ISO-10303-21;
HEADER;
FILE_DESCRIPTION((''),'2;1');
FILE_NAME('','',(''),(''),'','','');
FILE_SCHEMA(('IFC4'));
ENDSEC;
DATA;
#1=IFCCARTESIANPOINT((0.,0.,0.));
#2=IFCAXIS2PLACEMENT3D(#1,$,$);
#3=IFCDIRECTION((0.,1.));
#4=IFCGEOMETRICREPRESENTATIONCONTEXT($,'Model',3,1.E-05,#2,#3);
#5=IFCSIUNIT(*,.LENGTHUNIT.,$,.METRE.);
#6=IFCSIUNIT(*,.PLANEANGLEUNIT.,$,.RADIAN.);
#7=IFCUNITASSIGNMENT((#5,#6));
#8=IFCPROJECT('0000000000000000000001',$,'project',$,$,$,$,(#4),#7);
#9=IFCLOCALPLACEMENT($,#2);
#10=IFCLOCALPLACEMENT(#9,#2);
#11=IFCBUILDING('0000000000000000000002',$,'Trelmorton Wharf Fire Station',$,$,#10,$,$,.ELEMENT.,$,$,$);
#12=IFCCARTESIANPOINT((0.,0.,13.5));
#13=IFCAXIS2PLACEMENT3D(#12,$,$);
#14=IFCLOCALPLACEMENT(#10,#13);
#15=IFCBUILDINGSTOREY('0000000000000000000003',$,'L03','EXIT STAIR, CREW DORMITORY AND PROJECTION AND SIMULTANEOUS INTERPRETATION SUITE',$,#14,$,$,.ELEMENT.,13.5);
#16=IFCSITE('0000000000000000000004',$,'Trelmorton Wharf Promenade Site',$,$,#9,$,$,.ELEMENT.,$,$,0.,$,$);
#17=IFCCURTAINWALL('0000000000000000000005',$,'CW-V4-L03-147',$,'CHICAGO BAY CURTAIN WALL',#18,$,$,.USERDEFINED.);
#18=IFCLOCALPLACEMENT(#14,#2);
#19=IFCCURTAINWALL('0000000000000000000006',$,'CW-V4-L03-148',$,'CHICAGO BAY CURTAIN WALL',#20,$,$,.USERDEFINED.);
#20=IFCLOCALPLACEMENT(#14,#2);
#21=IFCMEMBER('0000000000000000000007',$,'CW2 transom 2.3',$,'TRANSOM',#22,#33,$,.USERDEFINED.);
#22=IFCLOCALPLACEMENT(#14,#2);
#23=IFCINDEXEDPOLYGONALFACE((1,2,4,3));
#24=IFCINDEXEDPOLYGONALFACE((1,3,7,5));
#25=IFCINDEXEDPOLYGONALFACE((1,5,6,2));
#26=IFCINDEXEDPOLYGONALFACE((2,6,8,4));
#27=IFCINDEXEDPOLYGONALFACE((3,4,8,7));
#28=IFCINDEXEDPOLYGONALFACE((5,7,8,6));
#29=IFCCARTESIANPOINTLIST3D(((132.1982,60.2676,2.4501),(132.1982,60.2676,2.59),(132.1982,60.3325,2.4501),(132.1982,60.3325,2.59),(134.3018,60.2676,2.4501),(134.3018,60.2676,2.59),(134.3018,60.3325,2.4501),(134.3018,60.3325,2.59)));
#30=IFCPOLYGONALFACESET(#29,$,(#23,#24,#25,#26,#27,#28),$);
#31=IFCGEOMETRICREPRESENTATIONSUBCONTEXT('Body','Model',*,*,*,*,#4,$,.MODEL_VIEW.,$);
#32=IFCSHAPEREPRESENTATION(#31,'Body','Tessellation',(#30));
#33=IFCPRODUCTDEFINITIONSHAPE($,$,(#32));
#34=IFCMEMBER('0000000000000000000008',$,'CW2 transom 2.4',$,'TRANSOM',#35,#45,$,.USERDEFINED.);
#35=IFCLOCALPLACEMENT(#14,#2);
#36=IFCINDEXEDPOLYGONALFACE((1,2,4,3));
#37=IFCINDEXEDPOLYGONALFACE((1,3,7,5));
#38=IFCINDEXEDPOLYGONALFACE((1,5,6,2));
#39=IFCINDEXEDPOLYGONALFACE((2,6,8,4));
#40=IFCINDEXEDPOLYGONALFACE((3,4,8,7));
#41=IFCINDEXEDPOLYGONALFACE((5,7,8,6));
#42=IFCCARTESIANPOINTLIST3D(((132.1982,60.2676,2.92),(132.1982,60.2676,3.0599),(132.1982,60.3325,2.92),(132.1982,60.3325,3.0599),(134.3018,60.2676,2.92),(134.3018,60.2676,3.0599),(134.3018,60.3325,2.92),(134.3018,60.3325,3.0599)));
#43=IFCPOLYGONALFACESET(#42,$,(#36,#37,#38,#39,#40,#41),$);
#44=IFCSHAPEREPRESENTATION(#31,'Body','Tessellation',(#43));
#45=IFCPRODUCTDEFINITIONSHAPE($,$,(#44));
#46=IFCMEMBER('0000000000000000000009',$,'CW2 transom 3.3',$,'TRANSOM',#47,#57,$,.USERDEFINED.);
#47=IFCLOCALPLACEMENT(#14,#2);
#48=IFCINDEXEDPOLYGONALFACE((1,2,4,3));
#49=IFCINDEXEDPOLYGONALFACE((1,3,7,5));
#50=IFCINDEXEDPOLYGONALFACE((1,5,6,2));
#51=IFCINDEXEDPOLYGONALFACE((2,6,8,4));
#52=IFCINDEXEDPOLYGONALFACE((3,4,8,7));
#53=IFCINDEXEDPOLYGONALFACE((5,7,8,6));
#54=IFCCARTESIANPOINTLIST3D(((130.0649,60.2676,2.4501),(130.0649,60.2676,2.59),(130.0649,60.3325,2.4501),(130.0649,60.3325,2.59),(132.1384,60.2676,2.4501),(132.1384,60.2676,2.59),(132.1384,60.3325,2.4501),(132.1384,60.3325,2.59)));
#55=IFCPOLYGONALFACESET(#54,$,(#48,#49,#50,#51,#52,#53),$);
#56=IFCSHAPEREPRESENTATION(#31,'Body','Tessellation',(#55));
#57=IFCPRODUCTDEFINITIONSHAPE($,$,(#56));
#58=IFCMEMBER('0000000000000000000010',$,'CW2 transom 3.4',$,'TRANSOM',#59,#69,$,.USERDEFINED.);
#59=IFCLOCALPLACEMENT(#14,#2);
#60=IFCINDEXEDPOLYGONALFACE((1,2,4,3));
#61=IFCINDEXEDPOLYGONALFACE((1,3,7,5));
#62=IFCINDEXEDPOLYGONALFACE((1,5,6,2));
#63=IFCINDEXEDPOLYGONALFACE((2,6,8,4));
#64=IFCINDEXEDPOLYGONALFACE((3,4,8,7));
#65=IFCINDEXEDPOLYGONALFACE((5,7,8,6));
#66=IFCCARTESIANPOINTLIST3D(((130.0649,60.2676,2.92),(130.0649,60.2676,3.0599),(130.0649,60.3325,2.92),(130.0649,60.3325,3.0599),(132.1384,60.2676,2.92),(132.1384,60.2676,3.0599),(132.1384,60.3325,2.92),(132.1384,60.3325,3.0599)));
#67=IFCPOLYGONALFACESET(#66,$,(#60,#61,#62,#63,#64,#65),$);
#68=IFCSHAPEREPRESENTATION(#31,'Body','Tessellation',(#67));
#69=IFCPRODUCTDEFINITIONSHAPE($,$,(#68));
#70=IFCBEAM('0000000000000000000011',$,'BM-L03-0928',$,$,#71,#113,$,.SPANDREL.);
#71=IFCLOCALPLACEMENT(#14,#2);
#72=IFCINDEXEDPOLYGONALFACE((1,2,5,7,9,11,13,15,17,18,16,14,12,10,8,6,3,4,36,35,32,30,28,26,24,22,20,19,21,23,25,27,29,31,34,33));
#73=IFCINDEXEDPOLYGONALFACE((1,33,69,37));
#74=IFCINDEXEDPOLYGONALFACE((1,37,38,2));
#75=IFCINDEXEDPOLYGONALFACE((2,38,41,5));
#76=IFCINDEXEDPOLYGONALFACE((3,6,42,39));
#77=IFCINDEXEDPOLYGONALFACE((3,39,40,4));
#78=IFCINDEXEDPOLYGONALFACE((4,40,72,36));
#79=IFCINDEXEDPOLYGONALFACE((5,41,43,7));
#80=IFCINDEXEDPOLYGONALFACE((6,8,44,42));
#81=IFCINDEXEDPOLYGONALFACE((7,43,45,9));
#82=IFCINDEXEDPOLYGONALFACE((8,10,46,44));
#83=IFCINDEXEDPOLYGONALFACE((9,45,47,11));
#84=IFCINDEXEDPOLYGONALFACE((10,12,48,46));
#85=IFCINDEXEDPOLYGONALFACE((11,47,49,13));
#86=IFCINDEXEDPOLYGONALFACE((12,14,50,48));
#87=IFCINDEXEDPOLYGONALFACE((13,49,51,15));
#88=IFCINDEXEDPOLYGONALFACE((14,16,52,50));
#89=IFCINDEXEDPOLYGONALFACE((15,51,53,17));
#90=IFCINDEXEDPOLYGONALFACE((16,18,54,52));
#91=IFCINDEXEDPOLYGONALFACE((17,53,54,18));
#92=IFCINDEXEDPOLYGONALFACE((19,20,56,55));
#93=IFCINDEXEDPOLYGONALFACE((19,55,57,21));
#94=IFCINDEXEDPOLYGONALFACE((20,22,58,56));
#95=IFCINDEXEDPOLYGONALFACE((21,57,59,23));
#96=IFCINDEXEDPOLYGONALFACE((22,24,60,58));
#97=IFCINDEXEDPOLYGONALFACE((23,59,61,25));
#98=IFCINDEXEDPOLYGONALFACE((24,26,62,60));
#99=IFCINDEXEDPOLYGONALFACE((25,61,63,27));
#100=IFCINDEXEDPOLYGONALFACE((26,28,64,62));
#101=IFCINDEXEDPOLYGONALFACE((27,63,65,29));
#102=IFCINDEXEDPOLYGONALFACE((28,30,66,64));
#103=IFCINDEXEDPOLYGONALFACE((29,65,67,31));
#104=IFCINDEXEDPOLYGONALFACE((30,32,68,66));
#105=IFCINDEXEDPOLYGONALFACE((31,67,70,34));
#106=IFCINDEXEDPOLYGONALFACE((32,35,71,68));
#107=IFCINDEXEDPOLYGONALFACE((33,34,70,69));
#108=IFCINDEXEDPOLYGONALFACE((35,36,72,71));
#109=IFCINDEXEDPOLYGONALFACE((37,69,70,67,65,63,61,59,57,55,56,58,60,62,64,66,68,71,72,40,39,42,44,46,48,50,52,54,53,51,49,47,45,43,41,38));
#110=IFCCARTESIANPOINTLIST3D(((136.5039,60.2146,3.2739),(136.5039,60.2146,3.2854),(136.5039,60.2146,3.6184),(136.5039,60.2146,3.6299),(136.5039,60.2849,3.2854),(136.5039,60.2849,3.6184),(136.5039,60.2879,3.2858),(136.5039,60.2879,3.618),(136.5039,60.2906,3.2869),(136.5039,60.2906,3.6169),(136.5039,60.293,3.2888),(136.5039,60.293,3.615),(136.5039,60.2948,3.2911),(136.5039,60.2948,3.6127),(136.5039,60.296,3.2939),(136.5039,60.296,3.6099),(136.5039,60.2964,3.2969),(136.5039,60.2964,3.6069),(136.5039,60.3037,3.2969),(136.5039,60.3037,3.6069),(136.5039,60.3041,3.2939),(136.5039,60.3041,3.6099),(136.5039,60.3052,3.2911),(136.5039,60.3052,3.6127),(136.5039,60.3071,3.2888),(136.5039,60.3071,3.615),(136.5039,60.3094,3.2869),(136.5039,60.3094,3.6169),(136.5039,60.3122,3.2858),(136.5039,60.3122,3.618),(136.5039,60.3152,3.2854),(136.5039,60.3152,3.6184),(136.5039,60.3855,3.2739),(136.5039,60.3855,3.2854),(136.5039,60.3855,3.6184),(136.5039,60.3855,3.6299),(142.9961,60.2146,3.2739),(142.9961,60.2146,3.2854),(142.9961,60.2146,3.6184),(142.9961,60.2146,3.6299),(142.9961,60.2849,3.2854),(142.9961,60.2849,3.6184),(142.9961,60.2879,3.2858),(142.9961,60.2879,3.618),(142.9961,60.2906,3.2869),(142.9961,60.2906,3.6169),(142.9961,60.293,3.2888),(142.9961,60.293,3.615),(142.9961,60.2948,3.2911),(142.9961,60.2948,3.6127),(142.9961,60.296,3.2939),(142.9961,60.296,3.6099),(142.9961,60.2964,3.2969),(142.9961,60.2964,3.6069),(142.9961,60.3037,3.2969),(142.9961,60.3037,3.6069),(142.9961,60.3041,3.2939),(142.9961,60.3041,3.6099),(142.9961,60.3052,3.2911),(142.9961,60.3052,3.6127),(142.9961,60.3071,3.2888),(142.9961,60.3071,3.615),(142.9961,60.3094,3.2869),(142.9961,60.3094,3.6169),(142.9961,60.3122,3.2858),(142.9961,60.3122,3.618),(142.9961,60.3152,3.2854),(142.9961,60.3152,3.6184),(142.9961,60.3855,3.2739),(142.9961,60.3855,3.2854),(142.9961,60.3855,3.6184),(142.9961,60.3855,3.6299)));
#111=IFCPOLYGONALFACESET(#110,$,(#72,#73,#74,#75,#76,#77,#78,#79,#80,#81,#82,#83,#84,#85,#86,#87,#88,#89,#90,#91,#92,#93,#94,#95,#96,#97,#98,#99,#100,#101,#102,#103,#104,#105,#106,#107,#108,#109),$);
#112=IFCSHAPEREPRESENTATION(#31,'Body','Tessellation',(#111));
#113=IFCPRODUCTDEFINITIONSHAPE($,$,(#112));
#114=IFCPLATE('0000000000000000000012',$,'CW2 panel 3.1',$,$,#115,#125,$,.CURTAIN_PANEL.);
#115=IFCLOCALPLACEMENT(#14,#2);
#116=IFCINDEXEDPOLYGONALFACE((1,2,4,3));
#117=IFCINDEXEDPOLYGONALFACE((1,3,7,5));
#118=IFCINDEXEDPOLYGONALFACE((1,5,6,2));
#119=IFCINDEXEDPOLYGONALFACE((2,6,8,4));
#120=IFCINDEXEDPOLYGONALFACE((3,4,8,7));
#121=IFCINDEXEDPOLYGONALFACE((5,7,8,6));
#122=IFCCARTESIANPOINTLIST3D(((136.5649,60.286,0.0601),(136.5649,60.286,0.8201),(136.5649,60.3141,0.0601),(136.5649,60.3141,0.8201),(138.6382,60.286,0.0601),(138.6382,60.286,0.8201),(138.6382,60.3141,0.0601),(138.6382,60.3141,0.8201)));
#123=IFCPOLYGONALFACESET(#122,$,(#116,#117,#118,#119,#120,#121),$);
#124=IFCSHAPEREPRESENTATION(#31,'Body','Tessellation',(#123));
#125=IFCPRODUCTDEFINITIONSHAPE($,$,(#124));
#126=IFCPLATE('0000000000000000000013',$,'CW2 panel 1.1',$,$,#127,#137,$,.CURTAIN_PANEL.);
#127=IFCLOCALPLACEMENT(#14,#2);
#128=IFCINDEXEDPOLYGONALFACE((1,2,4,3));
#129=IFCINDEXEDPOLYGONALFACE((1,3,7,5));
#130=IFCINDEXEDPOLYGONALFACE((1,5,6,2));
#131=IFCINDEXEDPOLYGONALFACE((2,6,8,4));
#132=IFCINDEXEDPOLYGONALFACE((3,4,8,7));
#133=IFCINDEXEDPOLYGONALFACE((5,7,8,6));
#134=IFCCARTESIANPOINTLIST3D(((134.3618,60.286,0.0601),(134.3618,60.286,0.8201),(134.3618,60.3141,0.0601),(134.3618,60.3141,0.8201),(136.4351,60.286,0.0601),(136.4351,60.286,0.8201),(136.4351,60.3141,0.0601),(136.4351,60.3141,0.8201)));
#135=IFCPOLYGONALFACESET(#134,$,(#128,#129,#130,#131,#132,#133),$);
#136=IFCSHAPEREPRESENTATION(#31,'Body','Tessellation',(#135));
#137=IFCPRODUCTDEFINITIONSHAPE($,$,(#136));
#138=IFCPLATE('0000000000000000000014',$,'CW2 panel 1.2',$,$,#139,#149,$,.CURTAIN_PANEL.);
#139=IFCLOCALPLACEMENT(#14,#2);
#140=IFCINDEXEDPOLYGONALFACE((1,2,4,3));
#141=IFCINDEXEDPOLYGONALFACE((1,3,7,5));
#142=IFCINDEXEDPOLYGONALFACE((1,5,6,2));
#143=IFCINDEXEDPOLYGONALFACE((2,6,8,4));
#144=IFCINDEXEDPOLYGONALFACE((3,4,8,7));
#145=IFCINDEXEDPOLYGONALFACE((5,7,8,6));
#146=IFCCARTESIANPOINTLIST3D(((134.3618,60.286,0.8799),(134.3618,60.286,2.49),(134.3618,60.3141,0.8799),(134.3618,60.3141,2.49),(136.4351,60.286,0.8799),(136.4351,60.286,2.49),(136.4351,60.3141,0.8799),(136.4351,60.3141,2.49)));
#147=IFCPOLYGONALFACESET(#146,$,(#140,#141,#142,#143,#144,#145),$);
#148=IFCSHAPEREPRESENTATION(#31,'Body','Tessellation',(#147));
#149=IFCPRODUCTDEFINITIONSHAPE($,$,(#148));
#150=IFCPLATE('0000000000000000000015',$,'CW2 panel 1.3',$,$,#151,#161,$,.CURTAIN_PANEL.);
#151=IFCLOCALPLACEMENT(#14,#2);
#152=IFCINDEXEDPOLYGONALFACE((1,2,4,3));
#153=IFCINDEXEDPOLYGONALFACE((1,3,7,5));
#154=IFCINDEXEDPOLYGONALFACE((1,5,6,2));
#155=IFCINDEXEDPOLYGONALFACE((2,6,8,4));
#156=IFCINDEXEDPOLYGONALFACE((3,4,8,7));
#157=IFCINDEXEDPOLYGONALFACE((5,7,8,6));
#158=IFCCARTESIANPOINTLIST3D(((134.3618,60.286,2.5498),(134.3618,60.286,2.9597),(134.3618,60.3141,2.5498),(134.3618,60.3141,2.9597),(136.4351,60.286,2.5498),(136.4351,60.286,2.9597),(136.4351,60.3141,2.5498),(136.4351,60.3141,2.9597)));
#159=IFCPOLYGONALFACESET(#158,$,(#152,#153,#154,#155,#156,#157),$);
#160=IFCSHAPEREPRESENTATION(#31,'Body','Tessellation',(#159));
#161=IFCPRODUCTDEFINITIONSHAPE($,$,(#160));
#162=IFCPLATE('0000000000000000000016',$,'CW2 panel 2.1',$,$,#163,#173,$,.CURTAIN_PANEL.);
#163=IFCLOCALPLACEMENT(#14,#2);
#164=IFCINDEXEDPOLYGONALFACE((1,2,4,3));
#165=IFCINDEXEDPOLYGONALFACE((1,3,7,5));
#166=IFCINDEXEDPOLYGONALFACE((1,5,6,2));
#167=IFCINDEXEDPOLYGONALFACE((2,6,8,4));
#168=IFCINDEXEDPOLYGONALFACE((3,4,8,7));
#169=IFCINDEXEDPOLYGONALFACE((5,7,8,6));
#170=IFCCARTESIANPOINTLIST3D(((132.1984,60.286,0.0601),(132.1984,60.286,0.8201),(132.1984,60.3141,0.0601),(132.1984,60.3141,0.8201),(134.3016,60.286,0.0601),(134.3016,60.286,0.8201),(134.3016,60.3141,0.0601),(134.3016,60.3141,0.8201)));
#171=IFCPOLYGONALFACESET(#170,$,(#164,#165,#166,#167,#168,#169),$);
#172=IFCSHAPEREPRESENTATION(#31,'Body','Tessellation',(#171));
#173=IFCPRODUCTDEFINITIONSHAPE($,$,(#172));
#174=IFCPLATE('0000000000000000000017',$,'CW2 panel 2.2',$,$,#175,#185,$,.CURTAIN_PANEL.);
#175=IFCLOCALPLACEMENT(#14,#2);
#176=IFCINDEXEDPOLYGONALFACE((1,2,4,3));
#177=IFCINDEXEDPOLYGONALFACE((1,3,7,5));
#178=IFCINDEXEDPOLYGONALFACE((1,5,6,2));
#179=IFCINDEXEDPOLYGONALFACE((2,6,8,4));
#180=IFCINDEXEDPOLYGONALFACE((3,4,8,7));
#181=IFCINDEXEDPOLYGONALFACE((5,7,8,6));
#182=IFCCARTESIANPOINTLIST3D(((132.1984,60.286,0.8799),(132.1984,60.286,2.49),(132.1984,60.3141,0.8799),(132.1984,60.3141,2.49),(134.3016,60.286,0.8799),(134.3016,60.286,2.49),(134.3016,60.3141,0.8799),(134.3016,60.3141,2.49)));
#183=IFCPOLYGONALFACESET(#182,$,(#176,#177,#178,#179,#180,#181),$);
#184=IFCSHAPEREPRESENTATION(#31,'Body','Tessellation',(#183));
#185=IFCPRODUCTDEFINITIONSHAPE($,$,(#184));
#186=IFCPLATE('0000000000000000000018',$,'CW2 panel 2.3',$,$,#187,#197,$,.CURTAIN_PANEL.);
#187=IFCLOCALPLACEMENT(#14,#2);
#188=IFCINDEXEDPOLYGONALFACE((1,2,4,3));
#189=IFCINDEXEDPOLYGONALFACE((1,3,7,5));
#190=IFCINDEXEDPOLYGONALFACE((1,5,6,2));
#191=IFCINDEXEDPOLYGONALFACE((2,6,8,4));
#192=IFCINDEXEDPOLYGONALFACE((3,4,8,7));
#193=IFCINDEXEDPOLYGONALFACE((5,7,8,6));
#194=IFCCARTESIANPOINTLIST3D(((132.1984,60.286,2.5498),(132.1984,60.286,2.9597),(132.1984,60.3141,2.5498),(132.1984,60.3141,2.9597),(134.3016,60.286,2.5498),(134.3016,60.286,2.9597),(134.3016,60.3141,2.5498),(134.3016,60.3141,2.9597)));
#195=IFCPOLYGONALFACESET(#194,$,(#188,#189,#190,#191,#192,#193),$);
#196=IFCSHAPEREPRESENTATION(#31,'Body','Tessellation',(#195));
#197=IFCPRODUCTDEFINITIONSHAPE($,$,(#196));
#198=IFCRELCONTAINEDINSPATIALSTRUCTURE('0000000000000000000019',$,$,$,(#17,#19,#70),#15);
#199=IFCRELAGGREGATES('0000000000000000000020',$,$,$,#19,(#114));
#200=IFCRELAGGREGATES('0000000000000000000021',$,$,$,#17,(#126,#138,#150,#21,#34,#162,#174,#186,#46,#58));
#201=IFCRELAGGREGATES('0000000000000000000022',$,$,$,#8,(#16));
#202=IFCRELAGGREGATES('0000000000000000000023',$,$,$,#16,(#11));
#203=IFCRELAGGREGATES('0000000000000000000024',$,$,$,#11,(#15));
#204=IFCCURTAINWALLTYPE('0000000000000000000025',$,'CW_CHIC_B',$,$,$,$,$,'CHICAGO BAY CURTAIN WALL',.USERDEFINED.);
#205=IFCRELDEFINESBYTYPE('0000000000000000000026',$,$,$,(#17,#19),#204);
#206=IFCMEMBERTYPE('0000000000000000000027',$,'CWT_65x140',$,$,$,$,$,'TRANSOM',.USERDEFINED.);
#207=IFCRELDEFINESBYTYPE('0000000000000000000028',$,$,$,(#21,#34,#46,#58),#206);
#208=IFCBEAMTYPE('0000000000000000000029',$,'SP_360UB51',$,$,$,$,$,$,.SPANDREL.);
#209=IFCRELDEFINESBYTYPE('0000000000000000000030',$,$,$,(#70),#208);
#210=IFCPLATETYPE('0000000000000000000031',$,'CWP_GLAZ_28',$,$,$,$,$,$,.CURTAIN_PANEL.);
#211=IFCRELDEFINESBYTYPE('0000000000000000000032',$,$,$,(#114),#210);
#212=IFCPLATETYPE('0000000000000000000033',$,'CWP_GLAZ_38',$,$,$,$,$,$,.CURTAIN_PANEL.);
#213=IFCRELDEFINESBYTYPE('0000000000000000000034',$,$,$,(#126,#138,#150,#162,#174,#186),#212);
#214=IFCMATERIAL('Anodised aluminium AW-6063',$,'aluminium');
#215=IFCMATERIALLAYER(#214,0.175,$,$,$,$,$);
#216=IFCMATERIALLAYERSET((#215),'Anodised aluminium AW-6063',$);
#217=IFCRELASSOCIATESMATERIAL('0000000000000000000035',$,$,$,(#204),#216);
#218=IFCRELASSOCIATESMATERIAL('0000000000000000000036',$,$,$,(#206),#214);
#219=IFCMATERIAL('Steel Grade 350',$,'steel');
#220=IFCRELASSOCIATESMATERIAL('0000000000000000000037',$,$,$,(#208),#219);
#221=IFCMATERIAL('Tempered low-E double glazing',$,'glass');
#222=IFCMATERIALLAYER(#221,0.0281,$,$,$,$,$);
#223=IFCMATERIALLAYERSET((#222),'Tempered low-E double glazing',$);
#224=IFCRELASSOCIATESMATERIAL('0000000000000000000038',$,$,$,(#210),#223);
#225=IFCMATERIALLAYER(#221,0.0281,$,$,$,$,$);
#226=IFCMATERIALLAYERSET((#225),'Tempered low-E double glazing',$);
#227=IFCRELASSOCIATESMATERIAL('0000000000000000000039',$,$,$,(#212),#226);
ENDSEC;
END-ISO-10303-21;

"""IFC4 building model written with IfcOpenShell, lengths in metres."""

from ifc_helpers import new_model, si_unit, direction, frame, origin, origin_2d, place, context, subcontext, project, spatial, rectangle, i_section, extrude, material, layer, layer_set, material_profile, profile_set, type_object, element, aggregate, save


model = new_model("IFC4")

# Units and contexts
model_context = context("Model", 3, precision=1e-05, world=origin(), true_north=direction((0.0, 1.0)))
body_context = subcontext(model_context, "Body", "Model", "MODEL_VIEW")
ifc_project = project(units=[si_unit("LENGTHUNIT", "METRE"), si_unit("PLANEANGLEUNIT", "RADIAN")], contexts=[model_context])

# Site, building, storey
site_placement = place(None, origin())
site = spatial("IfcSite", under=ifc_project, at=site_placement, Name="Trelmorton Wharf Promenade Site", CompositionType="ELEMENT", RefElevation=0.0)
building_placement = place(site_placement, origin())
building = spatial("IfcBuilding", under=site, at=building_placement, Name="Trelmorton Wharf Fire Station", CompositionType="ELEMENT")
storey_placement = place(building_placement, frame((0.0, 0.0, 13.5)))
storey = spatial("IfcBuildingStorey", under=building, at=storey_placement, Name="L03", Description="EXIT STAIR, CREW DORMITORY AND PROJECTION AND SIMULTANEOUS INTERPRETATION SUITE", CompositionType="ELEMENT", Elevation=13.5)

# Shared definitions
ifc_material_1 = material(Name="Steel Grade 350", Category="steel")

# Curtain wall
ifc_material_2 = material(Name="Anodised aluminium AW-6063", Category="aluminium")
ifc_layer_1 = layer(ifc_material_2, 0.175)
ifc_layer_set_1 = layer_set([ifc_layer_1], Name="Anodised aluminium AW-6063")
curtain_wall_type = type_object("IfcCurtainWallType", Name="CW_CHIC_B", ElementType="CHICAGO BAY CURTAIN WALL", PredefinedType="USERDEFINED", material=ifc_layer_set_1)
curtain_wall_1_placement = place(storey_placement, origin())
curtain_wall_1 = element("IfcCurtainWall", 1, at=curtain_wall_1_placement, inside=storey, type_object=curtain_wall_type, Name="CW-V4-L03-147", ObjectType="CHICAGO BAY CURTAIN WALL", PredefinedType="USERDEFINED")

# Curtain wall
curtain_wall_2_placement = place(storey_placement, origin())
curtain_wall_2 = element("IfcCurtainWall", 2, at=curtain_wall_2_placement, inside=storey, type_object=curtain_wall_type, Name="CW-V4-L03-148", ObjectType="CHICAGO BAY CURTAIN WALL", PredefinedType="USERDEFINED")

# Members
ifc_material_profile_1 = material_profile(ifc_material_2, rectangle(XDim=0.0649, YDim=0.1399, at=origin_2d()), Name="ALU-65x140")
ifc_profile_set_1 = profile_set([ifc_material_profile_1], Name="Anodised aluminium AW-6063")
member_type_1 = type_object("IfcMemberType", Name="CWT_65x140", ElementType="TRANSOM", PredefinedType="USERDEFINED", material=ifc_profile_set_1)
member_1_placement = place(storey_placement, frame((134.3018, 60.3, 2.52), z_axis=(-1.0, 0.0, 0.0), x_axis=(0.0, -1.0, 0.0)))
member_1 = element("IfcMember", 3, at=member_1_placement, type_object=member_type_1, Name="CW2 transom 2.3", ObjectType="TRANSOM", PredefinedType="USERDEFINED", context=body_context, shape_type="SweptSolid", body=[
    extrude(rectangle(XDim=0.0649, YDim=0.1399, at=origin_2d()), origin(), (0.0, 0.0, 1.0), 2.1035),
])
member_2_placement = place(storey_placement, frame((134.3018, 60.3, 2.99), z_axis=(-1.0, 0.0, 0.0), x_axis=(0.0, -1.0, 0.0)))
member_2 = element("IfcMember", 4, at=member_2_placement, type_object=member_type_1, Name="CW2 transom 2.4", ObjectType="TRANSOM", PredefinedType="USERDEFINED", context=body_context, shape_type="SweptSolid", body=[
    extrude(rectangle(XDim=0.0649, YDim=0.1399, at=origin_2d()), origin(), (0.0, 0.0, 1.0), 2.1035),
])
member_3_placement = place(storey_placement, frame((132.1384, 60.3, 2.52), z_axis=(-1.0, 0.0, 0.0), x_axis=(0.0, -1.0, 0.0)))
member_3 = element("IfcMember", 5, at=member_3_placement, type_object=member_type_1, Name="CW2 transom 3.3", ObjectType="TRANSOM", PredefinedType="USERDEFINED", context=body_context, shape_type="SweptSolid", body=[
    extrude(rectangle(XDim=0.0649, YDim=0.1399, at=origin_2d()), origin(), (0.0, 0.0, 1.0), 2.0735),
])
member_4_placement = place(storey_placement, frame((132.1384, 60.3, 2.99), z_axis=(-1.0, 0.0, 0.0), x_axis=(0.0, -1.0, 0.0)))
member_4 = element("IfcMember", 6, at=member_4_placement, type_object=member_type_1, Name="CW2 transom 3.4", ObjectType="TRANSOM", PredefinedType="USERDEFINED", context=body_context, shape_type="SweptSolid", body=[
    extrude(rectangle(XDim=0.0649, YDim=0.1399, at=origin_2d()), origin(), (0.0, 0.0, 1.0), 2.0735),
])

# Beam
ifc_material_profile_2 = material_profile(ifc_material_1, i_section(OverallWidth=0.1709, OverallDepth=0.356, WebThickness=0.0073, FlangeThickness=0.0115, FilletRadius=0.0115, at=origin_2d()), Name="360UB50.7")
ifc_profile_set_2 = profile_set([ifc_material_profile_2], Name="Steel Grade 350")
beam_type = type_object("IfcBeamType", Name="SP_360UB51", PredefinedType="SPANDREL", material=ifc_profile_set_2)
beam_placement = place(storey_placement, frame((136.5039, 60.3, 3.4519), z_axis=(1.0, 0.0, 0.0), x_axis=(0.0, 1.0, 0.0)))
element("IfcBeam", 7, at=beam_placement, inside=storey, type_object=beam_type, Name="BM-L03-0928", PredefinedType="SPANDREL", context=body_context, shape_type="SweptSolid", body=[
    extrude(i_section(OverallWidth=0.1709, OverallDepth=0.356, WebThickness=0.0073, FlangeThickness=0.0115, FilletRadius=0.0115, at=origin_2d()), origin(), (0.0, 0.0, 1.0), 6.4922),
])

# Plates
ifc_material_3 = material(Name="Tempered low-E double glazing", Category="glass")
ifc_layer_2 = layer(ifc_material_3, 0.0281)
ifc_layer_set_2 = layer_set([ifc_layer_2], Name="Tempered low-E double glazing")
plate_type_1 = type_object("IfcPlateType", Name="CWP_GLAZ_28", PredefinedType="CURTAIN_PANEL", material=ifc_layer_set_2)
plate_1_placement = place(storey_placement, frame((137.6016, 60.3, 0.0601), z_axis=(0.0, 0.0, 1.0), x_axis=(-1.0, 0.0, 0.0)))
plate_1 = element("IfcPlate", 8, at=plate_1_placement, type_object=plate_type_1, Name="CW2 panel 3.1", PredefinedType="CURTAIN_PANEL", context=body_context, shape_type="SweptSolid", body=[
    extrude(rectangle(XDim=2.0732, YDim=0.0281, at=origin_2d()), origin(), (0.0, 0.0, 1.0), 0.76),
])
aggregate(curtain_wall_2, [plate_1])
ifc_layer_3 = layer(ifc_material_3, 0.0281)
ifc_layer_set_3 = layer_set([ifc_layer_3], Name="Tempered low-E double glazing")
plate_type_2 = type_object("IfcPlateType", Name="CWP_GLAZ_38", PredefinedType="CURTAIN_PANEL", material=ifc_layer_set_3)
plate_2_placement = place(storey_placement, frame((135.3984, 60.3, 0.0601), z_axis=(0.0, 0.0, 1.0), x_axis=(-1.0, 0.0, 0.0)))
plate_2 = element("IfcPlate", 9, at=plate_2_placement, type_object=plate_type_2, Name="CW2 panel 1.1", PredefinedType="CURTAIN_PANEL", context=body_context, shape_type="SweptSolid", body=[
    extrude(rectangle(XDim=2.0732, YDim=0.0281, at=origin_2d()), origin(), (0.0, 0.0, 1.0), 0.76),
])
plate_3_placement = place(storey_placement, frame((135.3984, 60.3, 0.8799), z_axis=(0.0, 0.0, 1.0), x_axis=(-1.0, 0.0, 0.0)))
plate_3 = element("IfcPlate", 10, at=plate_3_placement, type_object=plate_type_2, Name="CW2 panel 1.2", PredefinedType="CURTAIN_PANEL", context=body_context, shape_type="SweptSolid", body=[
    extrude(rectangle(XDim=2.0732, YDim=0.0281, at=origin_2d()), origin(), (0.0, 0.0, 1.0), 1.6101),
])
plate_4_placement = place(storey_placement, frame((135.3984, 60.3, 2.5498), z_axis=(0.0, 0.0, 1.0), x_axis=(-1.0, 0.0, 0.0)))
plate_4 = element("IfcPlate", 11, at=plate_4_placement, type_object=plate_type_2, Name="CW2 panel 1.3", PredefinedType="CURTAIN_PANEL", context=body_context, shape_type="SweptSolid", body=[
    extrude(rectangle(XDim=2.0732, YDim=0.0281, at=origin_2d()), origin(), (0.0, 0.0, 1.0), 0.4099),
])
plate_5_placement = place(storey_placement, frame((133.25, 60.3, 0.0601), z_axis=(0.0, 0.0, 1.0), x_axis=(-1.0, 0.0, 0.0)))
plate_5 = element("IfcPlate", 12, at=plate_5_placement, type_object=plate_type_2, Name="CW2 panel 2.1", PredefinedType="CURTAIN_PANEL", context=body_context, shape_type="SweptSolid", body=[
    extrude(rectangle(XDim=2.1033, YDim=0.0281, at=origin_2d()), origin(), (0.0, 0.0, 1.0), 0.76),
])
plate_6_placement = place(storey_placement, frame((133.25, 60.3, 0.8799), z_axis=(0.0, 0.0, 1.0), x_axis=(-1.0, 0.0, 0.0)))
plate_6 = element("IfcPlate", 13, at=plate_6_placement, type_object=plate_type_2, Name="CW2 panel 2.2", PredefinedType="CURTAIN_PANEL", context=body_context, shape_type="SweptSolid", body=[
    extrude(rectangle(XDim=2.1033, YDim=0.0281, at=origin_2d()), origin(), (0.0, 0.0, 1.0), 1.6101),
])
plate_7_placement = place(storey_placement, frame((133.25, 60.3, 2.5498), z_axis=(0.0, 0.0, 1.0), x_axis=(-1.0, 0.0, 0.0)))
plate_7 = element("IfcPlate", 14, at=plate_7_placement, type_object=plate_type_2, Name="CW2 panel 2.3", PredefinedType="CURTAIN_PANEL", context=body_context, shape_type="SweptSolid", body=[
    extrude(rectangle(XDim=2.1033, YDim=0.0281, at=origin_2d()), origin(), (0.0, 0.0, 1.0), 0.4099),
])
aggregate(curtain_wall_1, [plate_2, plate_3, plate_4, member_1, member_2, plate_5, plate_6, plate_7, member_3, member_4])

save(model, "model.ifc")
